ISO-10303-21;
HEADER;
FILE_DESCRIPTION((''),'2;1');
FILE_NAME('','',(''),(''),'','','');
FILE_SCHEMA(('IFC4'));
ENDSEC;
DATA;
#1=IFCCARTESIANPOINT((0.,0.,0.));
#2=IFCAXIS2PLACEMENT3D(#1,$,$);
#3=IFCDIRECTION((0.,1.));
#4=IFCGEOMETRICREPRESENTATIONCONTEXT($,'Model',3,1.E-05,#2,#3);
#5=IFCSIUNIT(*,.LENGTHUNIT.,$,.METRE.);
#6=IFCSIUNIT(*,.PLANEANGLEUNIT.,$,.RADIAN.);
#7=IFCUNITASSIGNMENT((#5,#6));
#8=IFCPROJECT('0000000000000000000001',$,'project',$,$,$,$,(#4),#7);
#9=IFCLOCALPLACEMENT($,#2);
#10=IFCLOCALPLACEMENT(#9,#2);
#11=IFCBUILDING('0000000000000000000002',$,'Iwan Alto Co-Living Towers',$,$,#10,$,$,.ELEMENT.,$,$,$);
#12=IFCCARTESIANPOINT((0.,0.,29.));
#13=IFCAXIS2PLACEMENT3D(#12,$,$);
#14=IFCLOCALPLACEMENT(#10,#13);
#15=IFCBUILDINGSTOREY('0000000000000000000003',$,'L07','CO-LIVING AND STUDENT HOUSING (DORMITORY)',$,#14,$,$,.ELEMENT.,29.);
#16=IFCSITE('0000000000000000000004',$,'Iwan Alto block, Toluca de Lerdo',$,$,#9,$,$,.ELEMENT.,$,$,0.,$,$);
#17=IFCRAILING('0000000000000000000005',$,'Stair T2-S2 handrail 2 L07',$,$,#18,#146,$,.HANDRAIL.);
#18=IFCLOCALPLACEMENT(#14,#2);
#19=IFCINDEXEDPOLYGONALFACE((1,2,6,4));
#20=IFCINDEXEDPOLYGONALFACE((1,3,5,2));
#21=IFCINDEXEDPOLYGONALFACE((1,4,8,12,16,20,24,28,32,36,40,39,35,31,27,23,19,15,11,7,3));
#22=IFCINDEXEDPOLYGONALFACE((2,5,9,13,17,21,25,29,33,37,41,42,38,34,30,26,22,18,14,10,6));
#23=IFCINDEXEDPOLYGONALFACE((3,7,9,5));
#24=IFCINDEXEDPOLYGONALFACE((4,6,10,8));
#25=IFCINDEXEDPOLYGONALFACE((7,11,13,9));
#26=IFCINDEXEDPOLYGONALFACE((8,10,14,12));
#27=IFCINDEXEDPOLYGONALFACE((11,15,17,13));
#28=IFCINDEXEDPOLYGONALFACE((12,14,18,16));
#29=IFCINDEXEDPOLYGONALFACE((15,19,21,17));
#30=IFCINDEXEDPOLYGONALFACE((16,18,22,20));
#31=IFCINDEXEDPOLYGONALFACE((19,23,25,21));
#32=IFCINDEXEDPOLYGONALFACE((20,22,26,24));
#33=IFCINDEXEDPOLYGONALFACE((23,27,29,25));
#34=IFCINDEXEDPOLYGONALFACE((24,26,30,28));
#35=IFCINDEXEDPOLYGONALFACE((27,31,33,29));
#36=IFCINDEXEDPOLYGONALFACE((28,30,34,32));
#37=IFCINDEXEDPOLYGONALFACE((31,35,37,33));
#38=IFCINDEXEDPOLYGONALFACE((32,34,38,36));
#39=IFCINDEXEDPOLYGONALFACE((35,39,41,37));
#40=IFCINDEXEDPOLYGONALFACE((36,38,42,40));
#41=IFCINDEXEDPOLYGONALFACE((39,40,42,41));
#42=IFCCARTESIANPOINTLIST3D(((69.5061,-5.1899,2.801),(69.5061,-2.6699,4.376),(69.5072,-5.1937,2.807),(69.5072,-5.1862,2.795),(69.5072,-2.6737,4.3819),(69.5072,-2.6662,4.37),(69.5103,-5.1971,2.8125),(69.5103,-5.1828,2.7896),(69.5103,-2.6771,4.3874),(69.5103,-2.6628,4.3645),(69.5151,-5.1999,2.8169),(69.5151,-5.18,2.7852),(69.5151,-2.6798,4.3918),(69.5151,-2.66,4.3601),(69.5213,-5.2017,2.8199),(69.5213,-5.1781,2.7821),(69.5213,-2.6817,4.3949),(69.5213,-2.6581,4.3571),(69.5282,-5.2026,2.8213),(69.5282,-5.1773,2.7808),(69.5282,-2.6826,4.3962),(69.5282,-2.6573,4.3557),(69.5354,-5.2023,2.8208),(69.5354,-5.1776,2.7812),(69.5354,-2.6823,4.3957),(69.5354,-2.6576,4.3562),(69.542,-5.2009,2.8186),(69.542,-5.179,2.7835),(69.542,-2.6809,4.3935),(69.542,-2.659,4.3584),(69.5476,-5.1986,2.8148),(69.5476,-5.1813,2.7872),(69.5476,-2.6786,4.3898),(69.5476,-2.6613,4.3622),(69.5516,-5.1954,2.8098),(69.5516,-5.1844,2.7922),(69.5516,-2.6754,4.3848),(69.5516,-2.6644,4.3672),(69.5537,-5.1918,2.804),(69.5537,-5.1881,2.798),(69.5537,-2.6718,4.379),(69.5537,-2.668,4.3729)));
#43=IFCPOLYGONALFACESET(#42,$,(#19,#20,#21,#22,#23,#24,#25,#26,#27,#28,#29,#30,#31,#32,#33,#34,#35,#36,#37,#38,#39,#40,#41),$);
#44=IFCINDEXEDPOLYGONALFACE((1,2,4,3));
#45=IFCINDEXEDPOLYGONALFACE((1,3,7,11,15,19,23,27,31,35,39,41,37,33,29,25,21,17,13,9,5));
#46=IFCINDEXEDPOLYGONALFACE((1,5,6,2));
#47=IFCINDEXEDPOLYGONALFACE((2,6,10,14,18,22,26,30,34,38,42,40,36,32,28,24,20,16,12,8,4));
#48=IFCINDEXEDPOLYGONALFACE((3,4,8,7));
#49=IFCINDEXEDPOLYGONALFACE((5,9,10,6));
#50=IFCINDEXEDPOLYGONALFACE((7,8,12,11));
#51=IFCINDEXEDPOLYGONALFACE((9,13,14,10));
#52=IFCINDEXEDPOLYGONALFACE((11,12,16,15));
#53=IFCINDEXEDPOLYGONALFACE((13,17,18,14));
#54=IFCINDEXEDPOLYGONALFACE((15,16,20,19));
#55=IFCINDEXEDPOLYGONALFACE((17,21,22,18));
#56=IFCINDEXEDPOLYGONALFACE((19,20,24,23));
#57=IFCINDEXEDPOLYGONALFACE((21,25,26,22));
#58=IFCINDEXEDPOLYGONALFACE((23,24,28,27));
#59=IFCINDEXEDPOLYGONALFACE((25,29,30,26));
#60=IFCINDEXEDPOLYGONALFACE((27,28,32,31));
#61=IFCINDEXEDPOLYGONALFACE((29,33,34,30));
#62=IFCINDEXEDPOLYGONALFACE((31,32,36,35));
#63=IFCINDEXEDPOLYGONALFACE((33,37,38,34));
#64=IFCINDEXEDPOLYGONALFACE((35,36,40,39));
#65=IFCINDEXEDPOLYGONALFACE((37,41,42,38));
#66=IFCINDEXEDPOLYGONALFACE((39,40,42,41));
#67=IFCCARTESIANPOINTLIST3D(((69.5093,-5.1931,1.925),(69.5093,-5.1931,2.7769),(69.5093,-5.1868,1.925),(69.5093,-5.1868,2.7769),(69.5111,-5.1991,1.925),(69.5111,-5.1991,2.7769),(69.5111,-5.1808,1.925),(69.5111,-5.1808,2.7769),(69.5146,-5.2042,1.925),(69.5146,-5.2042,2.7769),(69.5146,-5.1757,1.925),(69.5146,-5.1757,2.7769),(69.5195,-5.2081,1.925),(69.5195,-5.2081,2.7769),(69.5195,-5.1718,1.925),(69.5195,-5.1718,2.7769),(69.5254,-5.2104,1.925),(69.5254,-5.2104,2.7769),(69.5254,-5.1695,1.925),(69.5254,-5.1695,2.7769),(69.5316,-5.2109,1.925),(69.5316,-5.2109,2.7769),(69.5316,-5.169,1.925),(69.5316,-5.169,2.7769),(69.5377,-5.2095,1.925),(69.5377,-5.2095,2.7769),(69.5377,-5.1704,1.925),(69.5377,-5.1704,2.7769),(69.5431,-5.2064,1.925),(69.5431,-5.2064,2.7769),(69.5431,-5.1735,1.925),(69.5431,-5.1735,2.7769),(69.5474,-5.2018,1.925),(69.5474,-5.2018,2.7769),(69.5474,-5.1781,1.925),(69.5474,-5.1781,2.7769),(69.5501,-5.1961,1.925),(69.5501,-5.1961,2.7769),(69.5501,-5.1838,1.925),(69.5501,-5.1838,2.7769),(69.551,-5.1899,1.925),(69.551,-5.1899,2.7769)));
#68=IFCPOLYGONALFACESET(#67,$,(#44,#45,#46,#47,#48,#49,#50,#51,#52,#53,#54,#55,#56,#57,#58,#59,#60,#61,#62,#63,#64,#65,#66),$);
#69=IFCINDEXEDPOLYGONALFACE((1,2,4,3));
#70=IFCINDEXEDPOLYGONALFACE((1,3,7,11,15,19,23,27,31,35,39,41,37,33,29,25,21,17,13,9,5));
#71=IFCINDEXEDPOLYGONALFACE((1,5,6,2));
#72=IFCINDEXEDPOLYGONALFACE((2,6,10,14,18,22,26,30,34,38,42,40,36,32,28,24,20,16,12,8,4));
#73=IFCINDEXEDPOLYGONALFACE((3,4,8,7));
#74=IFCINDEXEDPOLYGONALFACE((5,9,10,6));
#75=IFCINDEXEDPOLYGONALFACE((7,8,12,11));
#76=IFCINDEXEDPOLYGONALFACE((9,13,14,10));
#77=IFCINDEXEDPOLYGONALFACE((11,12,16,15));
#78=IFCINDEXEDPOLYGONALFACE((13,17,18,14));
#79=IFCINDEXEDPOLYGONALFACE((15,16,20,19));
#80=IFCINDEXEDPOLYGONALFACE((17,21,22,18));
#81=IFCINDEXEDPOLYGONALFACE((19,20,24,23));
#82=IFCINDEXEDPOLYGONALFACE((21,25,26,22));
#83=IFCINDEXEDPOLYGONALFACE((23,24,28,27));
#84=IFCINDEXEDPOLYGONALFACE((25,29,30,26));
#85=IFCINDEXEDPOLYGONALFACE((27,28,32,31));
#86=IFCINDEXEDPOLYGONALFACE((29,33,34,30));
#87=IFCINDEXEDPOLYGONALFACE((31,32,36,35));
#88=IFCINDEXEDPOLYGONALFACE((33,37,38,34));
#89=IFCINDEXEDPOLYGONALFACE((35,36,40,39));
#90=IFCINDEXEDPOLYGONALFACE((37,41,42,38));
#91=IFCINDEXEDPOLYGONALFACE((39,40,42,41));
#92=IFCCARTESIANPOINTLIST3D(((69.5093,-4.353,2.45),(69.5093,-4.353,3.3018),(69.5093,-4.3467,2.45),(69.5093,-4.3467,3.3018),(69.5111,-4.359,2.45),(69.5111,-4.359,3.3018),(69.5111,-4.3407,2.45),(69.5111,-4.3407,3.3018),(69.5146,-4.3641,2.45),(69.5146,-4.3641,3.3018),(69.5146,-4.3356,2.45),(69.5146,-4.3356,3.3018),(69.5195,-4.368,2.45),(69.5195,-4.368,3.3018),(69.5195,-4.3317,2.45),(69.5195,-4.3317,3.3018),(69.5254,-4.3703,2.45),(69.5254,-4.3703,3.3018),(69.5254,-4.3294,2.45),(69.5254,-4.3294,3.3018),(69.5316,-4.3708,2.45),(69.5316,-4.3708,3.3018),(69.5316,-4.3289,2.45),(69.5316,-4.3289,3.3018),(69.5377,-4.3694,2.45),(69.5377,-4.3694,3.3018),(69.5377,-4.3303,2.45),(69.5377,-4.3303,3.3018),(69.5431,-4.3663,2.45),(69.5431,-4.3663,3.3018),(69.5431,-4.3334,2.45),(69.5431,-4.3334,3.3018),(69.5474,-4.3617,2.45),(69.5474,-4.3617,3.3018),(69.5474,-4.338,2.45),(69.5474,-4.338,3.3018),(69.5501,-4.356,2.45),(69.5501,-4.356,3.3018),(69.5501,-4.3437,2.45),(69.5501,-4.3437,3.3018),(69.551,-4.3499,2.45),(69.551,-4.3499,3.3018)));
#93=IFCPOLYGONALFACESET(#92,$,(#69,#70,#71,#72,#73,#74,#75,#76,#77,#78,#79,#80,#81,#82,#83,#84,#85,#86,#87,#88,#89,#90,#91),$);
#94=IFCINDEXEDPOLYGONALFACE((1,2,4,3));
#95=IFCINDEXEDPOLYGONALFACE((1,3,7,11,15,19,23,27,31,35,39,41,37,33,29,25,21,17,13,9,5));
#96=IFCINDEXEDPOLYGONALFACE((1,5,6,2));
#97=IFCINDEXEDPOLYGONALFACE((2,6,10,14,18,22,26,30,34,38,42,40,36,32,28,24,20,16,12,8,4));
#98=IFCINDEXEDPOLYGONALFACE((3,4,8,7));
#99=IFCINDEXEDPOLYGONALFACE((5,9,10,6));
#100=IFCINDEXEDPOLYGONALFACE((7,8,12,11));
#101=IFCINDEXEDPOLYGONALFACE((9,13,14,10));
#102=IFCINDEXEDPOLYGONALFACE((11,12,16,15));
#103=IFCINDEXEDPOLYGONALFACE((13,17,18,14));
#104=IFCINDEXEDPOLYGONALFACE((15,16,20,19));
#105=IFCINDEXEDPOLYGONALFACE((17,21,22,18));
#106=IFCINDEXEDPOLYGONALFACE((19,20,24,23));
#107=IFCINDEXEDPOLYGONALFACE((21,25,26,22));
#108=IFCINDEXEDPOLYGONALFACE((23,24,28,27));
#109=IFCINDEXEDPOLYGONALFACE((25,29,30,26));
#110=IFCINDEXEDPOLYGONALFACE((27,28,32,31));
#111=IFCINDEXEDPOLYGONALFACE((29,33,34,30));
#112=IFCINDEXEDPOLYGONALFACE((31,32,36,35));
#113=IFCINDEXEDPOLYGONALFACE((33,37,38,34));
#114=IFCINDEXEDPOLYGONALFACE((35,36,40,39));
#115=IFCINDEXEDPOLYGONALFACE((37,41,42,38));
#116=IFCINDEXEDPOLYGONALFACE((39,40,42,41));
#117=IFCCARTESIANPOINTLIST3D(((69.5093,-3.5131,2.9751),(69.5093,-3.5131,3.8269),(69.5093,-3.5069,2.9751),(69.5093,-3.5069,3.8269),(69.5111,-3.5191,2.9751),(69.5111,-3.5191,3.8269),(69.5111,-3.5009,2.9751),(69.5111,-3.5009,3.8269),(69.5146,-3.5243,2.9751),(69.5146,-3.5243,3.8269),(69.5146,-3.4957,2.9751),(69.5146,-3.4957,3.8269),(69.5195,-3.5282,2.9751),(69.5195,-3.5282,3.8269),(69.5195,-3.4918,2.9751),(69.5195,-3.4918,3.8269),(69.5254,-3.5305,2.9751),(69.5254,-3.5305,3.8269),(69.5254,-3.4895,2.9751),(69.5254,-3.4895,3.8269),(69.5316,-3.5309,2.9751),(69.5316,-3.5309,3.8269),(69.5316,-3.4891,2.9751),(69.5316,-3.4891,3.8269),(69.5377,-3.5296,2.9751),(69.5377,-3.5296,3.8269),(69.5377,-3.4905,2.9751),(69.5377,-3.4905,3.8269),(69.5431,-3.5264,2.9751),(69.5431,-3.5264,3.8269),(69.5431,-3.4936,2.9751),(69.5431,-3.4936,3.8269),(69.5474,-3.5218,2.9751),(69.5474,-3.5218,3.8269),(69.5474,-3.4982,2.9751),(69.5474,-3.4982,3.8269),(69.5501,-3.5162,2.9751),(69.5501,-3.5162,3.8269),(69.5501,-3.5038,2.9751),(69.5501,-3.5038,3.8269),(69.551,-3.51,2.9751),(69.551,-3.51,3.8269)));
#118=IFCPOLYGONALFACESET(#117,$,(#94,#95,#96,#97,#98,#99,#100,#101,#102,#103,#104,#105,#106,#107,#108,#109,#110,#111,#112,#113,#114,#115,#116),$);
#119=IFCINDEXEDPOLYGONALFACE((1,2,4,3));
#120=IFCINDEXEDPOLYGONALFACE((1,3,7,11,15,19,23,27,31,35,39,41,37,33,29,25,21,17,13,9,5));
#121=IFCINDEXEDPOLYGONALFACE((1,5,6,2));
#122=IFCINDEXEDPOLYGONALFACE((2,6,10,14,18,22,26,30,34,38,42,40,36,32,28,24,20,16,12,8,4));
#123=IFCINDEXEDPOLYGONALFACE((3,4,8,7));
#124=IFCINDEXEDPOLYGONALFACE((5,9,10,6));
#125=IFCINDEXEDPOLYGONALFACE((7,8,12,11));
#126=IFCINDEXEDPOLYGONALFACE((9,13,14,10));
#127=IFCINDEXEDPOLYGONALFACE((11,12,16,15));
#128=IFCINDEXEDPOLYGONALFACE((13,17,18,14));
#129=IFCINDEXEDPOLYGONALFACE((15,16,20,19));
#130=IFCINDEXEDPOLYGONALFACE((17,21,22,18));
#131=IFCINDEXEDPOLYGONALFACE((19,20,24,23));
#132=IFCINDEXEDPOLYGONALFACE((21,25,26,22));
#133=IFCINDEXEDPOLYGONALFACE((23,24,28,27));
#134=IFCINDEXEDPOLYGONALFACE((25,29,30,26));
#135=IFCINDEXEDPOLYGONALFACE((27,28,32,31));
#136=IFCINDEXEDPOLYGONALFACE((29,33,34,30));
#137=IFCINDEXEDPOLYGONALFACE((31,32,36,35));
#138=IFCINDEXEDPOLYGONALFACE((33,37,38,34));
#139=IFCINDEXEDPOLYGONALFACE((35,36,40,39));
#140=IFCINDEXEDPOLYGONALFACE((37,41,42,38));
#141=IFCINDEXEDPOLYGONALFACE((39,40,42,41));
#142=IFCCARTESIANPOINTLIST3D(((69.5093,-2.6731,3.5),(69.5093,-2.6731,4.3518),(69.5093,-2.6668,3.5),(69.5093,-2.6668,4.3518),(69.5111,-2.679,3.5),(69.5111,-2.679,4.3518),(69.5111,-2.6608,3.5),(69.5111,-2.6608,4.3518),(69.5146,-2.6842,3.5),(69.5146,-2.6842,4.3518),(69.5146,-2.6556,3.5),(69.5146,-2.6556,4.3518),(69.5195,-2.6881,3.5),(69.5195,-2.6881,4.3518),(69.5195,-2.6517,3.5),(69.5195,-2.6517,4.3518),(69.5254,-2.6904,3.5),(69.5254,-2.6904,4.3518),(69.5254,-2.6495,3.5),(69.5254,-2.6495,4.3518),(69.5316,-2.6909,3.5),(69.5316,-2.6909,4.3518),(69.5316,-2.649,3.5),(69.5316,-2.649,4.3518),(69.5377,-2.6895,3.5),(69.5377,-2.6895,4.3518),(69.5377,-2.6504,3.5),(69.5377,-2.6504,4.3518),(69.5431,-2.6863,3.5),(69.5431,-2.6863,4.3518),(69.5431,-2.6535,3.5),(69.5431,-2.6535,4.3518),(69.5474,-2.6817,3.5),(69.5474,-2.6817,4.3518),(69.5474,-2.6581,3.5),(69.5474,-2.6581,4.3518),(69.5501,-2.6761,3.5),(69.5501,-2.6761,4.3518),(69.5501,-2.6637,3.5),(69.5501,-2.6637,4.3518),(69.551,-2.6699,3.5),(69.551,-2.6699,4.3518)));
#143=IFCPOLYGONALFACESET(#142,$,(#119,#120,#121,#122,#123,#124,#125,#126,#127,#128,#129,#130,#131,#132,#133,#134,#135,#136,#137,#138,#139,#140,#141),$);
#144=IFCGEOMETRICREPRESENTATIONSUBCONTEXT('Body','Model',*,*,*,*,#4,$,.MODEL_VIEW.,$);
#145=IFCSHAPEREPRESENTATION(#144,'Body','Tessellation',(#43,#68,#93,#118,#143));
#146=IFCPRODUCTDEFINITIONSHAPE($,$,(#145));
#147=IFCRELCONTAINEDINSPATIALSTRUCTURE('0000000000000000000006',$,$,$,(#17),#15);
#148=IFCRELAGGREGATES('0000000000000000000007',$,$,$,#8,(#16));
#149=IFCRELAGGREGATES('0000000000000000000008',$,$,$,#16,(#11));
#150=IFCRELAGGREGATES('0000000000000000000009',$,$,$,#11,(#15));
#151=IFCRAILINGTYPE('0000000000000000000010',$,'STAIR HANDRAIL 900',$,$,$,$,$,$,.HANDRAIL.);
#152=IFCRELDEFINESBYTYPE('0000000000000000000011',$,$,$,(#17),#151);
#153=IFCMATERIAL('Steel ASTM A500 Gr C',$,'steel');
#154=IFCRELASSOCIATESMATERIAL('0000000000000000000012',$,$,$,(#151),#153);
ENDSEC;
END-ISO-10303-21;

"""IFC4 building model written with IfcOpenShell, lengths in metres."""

from ifc_helpers import new_model, si_unit, direction, frame, origin, origin_2d, place, context, subcontext, project, spatial, circle, extrude, material, type_object, element, save


model = new_model("IFC4")

# Units and contexts
model_context = context("Model", 3, precision=1e-05, world=origin(), true_north=direction((0.0, 1.0)))
body_context = subcontext(model_context, "Body", "Model", "MODEL_VIEW")
ifc_project = project(units=[si_unit("LENGTHUNIT", "METRE"), si_unit("PLANEANGLEUNIT", "RADIAN")], contexts=[model_context])

# Site, building, storey
site_placement = place(None, origin())
site = spatial("IfcSite", under=ifc_project, at=site_placement, Name="Iwan Alto block, Toluca de Lerdo", CompositionType="ELEMENT", RefElevation=0.0)
building_placement = place(site_placement, origin())
building = spatial("IfcBuilding", under=site, at=building_placement, Name="Iwan Alto Co-Living Towers", CompositionType="ELEMENT")
storey_placement = place(building_placement, frame((0.0, 0.0, 29.0)))
storey = spatial("IfcBuildingStorey", under=building, at=storey_placement, Name="L07", Description="CO-LIVING AND STUDENT HOUSING (DORMITORY)", CompositionType="ELEMENT", Elevation=29.0)

# Railing
ifc_material_1 = material(Name="Steel ASTM A500 Gr C", Category="steel")
railing_type_1 = type_object("IfcRailingType", Name="STAIR HANDRAIL 900", PredefinedType="HANDRAIL", material=ifc_material_1)
railing_1_placement = place(storey_placement, frame((69.53, -5.1899, 1.925)))
element("IfcRailing", 1, at=railing_1_placement, inside=storey, type_object=railing_type_1, Name="Stair T2-S2 handrail 2 L07", PredefinedType="HANDRAIL", context=body_context, shape_type="SweptSolid", body=[
    extrude(circle(Radius=0.0239, at=origin_2d()), frame((0.0, 0.0, 0.876), z_axis=(0.0, 0.848008, 0.529984), x_axis=(-1.0, 0.0, 0.0)), (0.0, 0.0, 1.0), 2.9717),
    extrude(circle(Radius=0.021, at=origin_2d()), origin(), (0.0, 0.0, 1.0), 0.8518),
    extrude(circle(Radius=0.021, at=origin_2d()), frame((0.0, 0.8401, 0.5249)), (0.0, 0.0, 1.0), 0.8518),
    extrude(circle(Radius=0.021, at=origin_2d()), frame((0.0, 1.6799, 1.05)), (0.0, 0.0, 1.0), 0.8518),
    extrude(circle(Radius=0.021, at=origin_2d()), frame((0.0, 2.52, 1.575)), (0.0, 0.0, 1.0), 0.8518),
])

save(model, "model.ifc")
